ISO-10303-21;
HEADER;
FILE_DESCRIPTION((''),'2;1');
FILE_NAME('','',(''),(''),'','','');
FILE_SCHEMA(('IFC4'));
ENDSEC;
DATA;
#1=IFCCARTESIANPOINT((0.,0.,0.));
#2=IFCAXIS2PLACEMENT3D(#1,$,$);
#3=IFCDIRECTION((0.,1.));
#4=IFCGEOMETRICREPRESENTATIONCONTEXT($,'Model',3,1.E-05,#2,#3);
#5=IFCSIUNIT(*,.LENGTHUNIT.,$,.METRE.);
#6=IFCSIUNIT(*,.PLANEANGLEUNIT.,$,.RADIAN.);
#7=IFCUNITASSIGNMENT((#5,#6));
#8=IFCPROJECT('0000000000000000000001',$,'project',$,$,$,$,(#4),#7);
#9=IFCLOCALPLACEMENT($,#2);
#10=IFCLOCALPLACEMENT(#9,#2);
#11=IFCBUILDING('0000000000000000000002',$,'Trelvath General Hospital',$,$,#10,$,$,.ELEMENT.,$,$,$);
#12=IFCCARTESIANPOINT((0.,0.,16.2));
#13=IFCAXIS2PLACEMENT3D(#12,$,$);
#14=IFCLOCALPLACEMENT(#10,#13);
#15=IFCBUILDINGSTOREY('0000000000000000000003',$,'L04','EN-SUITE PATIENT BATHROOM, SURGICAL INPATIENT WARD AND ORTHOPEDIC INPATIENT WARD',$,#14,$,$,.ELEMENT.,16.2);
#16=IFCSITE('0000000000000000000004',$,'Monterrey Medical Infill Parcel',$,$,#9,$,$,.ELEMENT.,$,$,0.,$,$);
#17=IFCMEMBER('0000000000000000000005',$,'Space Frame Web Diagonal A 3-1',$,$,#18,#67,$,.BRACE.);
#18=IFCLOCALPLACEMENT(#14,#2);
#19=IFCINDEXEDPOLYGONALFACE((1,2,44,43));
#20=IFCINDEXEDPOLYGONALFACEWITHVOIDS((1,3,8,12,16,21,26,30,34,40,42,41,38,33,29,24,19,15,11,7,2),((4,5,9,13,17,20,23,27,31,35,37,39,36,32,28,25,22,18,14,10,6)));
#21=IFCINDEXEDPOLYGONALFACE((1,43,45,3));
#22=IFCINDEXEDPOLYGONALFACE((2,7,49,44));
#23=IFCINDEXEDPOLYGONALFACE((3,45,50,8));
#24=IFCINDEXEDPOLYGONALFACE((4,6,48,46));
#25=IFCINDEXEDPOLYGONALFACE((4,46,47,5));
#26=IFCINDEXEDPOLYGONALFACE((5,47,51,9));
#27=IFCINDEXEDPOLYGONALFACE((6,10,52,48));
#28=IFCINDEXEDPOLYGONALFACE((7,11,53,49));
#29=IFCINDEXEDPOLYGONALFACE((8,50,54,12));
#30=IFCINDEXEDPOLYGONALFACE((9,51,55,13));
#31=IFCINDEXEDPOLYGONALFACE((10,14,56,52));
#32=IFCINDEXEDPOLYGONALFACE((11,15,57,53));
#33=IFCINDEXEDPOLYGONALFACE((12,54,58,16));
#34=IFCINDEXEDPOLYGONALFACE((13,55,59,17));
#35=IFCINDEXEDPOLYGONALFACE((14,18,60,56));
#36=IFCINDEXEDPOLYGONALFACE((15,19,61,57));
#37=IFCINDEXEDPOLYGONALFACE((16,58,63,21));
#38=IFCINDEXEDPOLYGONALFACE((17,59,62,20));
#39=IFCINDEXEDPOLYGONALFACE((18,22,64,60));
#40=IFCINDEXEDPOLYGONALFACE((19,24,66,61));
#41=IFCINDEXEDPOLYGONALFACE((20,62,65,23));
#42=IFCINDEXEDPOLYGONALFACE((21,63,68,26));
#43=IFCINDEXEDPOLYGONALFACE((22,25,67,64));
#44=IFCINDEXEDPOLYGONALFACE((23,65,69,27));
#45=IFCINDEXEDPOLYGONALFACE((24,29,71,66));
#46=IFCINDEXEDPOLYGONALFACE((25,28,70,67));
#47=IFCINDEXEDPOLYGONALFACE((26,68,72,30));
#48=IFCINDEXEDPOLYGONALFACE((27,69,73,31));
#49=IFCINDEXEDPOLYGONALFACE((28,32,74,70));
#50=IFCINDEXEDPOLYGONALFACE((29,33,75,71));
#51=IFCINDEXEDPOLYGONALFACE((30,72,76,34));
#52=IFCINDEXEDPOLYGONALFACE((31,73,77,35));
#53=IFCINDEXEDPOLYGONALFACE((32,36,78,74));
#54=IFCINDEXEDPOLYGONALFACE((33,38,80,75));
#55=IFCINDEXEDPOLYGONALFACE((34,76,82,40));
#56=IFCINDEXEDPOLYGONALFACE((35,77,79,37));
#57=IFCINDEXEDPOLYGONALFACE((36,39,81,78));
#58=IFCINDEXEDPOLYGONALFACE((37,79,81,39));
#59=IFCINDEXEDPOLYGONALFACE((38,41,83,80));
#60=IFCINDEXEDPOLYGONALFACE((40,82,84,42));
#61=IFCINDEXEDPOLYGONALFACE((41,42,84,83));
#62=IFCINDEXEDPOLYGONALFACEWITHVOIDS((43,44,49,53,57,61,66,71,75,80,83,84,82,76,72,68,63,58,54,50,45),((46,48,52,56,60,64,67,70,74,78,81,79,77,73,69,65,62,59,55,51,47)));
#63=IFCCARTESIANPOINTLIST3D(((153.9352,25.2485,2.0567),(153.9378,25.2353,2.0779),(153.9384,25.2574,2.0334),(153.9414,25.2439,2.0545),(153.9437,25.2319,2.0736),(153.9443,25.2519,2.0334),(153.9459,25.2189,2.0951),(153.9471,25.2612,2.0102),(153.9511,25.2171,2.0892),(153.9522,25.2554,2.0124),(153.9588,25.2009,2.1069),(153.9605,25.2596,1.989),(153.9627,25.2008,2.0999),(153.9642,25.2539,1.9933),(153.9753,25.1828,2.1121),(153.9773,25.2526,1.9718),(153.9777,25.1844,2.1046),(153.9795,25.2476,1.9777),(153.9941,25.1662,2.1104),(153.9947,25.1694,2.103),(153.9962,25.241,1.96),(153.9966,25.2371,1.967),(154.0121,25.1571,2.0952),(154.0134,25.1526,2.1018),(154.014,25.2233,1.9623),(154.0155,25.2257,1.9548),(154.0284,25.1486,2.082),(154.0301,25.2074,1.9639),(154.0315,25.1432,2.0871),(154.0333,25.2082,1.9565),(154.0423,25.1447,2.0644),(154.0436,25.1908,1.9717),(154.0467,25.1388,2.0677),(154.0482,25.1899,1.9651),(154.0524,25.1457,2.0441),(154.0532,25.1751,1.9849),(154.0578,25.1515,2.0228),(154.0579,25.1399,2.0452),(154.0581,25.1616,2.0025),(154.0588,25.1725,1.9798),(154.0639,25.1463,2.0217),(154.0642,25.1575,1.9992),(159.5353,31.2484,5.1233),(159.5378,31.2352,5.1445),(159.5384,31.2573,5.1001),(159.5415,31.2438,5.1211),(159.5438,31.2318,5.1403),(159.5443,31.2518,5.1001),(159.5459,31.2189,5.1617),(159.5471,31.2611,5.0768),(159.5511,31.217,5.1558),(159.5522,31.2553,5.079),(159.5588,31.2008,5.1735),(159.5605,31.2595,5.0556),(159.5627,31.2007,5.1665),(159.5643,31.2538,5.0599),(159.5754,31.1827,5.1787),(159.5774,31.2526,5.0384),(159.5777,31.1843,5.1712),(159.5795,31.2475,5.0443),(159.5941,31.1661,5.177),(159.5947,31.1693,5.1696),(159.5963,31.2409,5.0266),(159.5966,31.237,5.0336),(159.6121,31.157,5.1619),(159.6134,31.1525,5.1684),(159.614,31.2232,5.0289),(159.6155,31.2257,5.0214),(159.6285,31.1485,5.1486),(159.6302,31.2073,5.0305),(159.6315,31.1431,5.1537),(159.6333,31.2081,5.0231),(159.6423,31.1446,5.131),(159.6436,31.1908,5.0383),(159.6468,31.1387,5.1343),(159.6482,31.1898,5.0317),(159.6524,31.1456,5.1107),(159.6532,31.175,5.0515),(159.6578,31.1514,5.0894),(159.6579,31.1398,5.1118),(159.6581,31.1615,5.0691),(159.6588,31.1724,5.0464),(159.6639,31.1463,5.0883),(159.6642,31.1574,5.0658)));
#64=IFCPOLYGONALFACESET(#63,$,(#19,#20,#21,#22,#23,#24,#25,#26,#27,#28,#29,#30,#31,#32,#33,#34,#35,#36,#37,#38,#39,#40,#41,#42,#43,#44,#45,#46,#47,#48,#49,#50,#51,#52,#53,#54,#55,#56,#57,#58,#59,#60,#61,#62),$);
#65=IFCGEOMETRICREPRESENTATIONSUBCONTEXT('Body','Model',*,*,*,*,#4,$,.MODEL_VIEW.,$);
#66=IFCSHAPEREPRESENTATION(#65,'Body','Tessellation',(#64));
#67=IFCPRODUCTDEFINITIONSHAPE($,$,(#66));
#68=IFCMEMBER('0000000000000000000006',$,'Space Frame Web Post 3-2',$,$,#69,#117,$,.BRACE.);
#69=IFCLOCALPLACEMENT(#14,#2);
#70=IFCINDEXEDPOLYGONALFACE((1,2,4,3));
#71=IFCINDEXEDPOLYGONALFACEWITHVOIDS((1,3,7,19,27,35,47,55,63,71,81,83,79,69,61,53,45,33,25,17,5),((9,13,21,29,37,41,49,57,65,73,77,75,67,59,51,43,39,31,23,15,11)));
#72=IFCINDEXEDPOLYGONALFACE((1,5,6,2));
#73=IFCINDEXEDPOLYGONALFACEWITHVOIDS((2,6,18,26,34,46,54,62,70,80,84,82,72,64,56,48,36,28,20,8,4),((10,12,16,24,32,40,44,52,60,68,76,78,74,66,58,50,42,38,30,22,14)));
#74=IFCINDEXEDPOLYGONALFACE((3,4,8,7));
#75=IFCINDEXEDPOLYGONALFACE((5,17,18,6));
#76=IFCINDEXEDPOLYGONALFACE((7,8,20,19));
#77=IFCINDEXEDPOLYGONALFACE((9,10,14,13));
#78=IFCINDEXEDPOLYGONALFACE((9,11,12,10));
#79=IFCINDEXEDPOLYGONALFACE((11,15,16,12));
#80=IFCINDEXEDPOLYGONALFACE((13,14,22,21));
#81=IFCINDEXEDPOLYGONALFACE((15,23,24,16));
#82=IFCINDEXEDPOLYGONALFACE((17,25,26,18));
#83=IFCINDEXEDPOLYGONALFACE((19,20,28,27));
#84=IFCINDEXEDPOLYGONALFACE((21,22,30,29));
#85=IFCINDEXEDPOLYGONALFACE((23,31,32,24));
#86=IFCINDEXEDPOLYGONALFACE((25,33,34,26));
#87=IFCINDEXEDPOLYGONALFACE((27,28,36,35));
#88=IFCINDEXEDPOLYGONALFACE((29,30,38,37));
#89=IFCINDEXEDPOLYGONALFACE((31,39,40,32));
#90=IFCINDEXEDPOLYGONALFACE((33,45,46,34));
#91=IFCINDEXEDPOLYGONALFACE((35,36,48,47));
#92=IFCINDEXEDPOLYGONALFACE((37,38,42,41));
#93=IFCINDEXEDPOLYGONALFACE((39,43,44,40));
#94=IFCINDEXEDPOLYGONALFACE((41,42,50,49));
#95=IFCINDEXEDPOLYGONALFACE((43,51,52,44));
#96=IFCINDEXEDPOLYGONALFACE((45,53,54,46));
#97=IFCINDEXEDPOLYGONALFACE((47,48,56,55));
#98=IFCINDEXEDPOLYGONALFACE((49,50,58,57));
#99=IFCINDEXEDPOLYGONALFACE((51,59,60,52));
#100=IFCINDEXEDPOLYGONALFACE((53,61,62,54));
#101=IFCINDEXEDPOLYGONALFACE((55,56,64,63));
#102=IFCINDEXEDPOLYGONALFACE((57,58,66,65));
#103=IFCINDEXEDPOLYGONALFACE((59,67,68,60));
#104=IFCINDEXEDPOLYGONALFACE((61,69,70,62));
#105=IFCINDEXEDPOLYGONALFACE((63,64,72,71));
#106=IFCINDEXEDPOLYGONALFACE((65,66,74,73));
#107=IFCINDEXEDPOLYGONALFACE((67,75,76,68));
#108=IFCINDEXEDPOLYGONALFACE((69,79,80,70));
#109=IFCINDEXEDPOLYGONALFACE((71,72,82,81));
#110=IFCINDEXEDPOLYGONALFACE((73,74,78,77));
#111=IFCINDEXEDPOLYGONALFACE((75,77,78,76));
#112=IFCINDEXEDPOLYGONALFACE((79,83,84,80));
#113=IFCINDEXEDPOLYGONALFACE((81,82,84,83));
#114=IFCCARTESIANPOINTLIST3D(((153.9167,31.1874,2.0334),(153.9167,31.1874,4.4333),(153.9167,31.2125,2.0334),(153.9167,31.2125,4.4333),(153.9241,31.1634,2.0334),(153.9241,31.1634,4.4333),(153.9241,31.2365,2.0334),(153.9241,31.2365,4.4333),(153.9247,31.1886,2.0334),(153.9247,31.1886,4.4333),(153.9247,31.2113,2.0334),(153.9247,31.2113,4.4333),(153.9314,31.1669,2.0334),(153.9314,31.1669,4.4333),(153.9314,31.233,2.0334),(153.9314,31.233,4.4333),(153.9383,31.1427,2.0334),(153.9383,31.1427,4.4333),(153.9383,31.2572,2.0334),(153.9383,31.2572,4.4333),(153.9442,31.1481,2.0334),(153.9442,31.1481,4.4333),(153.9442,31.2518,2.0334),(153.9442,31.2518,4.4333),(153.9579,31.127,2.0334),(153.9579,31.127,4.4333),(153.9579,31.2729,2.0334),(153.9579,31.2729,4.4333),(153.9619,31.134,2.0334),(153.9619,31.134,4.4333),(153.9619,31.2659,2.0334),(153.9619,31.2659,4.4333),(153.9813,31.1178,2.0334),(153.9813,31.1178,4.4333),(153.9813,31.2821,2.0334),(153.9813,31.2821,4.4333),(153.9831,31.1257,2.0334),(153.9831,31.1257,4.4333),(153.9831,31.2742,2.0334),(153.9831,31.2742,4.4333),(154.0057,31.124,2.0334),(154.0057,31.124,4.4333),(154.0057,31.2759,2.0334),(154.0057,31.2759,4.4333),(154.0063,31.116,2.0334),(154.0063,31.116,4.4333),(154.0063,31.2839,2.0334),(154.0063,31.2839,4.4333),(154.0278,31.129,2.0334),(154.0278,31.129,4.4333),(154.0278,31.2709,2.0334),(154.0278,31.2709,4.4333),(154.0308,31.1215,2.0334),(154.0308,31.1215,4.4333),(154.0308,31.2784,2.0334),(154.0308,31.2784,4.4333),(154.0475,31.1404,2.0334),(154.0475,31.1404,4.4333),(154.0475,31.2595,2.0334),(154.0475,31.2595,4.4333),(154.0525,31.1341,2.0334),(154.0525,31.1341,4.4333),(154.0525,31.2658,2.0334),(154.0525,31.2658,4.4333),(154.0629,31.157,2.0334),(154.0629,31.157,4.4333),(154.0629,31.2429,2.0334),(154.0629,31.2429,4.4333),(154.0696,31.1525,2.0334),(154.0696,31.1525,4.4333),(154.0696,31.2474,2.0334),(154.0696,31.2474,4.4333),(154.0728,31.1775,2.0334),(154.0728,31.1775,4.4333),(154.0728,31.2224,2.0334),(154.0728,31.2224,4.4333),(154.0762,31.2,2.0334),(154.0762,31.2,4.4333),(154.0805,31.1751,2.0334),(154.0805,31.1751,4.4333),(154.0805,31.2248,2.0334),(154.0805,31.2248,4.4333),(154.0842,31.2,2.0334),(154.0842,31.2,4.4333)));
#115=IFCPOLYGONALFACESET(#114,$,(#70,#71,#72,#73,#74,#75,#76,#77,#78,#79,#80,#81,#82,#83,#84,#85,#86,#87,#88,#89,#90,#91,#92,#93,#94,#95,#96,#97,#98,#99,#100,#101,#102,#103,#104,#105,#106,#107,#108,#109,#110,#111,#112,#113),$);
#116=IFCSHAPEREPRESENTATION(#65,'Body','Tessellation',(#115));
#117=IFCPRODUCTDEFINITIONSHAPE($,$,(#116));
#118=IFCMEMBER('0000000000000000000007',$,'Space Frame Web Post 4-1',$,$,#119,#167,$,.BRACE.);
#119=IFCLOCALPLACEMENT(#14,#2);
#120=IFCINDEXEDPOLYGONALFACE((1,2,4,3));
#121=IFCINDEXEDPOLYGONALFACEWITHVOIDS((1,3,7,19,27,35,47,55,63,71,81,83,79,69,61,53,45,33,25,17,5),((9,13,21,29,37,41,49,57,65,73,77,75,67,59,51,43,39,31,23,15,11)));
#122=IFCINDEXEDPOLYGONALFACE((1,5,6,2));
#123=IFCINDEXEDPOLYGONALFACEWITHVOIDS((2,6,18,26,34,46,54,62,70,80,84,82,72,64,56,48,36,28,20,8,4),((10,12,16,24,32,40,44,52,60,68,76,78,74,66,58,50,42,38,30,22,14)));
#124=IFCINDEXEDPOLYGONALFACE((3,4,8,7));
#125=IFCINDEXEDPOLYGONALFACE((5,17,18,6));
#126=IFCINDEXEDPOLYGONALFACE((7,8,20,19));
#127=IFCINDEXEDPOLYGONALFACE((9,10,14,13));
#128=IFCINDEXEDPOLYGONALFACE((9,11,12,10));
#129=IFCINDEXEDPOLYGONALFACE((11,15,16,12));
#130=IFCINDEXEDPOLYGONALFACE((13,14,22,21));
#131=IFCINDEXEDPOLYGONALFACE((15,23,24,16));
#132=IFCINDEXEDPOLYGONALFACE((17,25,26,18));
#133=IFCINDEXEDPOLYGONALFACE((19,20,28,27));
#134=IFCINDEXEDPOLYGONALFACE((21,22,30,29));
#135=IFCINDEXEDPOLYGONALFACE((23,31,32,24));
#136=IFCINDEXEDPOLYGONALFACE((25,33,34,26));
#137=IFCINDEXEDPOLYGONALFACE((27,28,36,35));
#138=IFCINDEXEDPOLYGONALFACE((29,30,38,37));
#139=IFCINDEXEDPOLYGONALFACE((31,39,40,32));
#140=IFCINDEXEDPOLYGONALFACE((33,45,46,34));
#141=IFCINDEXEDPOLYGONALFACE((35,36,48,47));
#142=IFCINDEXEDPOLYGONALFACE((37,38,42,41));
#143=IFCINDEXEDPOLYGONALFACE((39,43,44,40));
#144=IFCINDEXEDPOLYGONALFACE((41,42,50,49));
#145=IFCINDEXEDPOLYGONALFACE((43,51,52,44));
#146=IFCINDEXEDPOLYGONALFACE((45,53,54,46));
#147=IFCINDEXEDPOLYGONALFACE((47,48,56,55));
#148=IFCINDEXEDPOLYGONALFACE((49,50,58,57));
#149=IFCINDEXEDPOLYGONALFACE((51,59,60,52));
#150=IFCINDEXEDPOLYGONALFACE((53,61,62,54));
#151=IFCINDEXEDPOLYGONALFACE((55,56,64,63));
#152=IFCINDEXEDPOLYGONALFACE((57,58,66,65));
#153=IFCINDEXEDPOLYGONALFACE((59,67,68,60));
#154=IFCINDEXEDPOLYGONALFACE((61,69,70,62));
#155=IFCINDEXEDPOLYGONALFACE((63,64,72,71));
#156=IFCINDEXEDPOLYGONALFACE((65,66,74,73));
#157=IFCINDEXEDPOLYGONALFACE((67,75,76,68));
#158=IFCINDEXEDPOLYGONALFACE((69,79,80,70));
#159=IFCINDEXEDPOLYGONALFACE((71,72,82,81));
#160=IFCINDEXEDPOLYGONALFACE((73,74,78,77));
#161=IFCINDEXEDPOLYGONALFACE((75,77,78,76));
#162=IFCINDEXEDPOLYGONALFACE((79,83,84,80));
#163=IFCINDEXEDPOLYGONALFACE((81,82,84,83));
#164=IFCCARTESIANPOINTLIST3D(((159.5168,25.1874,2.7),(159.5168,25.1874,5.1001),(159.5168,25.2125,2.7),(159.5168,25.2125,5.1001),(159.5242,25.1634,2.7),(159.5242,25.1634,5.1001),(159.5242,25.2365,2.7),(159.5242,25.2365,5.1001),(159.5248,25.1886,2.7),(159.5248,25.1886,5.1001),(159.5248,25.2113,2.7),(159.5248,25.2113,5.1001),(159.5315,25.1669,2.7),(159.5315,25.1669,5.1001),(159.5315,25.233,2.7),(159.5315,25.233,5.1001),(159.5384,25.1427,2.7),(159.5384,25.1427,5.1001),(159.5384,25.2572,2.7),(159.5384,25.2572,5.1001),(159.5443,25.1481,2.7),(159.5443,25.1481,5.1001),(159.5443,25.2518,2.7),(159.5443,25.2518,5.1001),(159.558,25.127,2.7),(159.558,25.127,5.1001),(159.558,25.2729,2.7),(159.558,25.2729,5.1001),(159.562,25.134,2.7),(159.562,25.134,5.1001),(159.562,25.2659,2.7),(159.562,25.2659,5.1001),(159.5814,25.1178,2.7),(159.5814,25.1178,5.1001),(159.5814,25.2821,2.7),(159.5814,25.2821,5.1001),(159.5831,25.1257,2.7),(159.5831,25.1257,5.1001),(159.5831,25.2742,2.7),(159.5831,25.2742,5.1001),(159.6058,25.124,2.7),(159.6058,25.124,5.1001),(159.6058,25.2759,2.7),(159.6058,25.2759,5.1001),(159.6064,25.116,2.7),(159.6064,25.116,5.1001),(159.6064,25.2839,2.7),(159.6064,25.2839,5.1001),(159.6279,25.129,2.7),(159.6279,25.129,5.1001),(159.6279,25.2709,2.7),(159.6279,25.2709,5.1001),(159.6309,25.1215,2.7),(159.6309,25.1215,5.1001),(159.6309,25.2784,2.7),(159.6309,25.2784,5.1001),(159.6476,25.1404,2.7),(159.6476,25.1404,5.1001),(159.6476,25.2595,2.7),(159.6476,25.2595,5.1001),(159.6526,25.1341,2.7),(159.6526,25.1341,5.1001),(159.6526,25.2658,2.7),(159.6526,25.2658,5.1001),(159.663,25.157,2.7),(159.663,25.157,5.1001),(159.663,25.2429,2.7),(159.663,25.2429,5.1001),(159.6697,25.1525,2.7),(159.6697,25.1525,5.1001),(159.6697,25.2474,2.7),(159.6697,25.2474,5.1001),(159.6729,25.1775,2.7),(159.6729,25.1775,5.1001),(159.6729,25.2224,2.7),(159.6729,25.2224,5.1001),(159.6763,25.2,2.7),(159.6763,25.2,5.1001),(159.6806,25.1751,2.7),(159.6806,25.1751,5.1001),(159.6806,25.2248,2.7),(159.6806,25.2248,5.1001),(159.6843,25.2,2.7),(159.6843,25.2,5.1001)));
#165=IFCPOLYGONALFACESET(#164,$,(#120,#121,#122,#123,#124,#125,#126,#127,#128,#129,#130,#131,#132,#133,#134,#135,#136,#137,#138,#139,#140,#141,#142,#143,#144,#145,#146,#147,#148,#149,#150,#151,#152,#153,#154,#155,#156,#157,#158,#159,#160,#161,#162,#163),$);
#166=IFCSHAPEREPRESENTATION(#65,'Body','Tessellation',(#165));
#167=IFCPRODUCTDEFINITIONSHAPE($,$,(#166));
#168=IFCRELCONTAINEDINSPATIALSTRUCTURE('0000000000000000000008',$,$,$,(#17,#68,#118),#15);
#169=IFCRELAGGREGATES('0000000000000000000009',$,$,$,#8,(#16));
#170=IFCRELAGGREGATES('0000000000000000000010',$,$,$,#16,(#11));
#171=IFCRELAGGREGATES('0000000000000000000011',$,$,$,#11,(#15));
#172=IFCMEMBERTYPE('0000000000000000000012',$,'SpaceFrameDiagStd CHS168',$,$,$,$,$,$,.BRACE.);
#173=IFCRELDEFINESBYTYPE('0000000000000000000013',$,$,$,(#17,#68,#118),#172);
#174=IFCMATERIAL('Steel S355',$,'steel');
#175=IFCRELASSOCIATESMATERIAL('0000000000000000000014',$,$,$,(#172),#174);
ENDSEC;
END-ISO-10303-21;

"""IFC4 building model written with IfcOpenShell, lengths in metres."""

from ifc_helpers import new_model, si_unit, direction, frame, origin, origin_2d, place, context, subcontext, project, spatial, hollow_circle, extrude, material, material_profile, profile_set, type_object, element, save


model = new_model("IFC4")

# Units and contexts
model_context = context("Model", 3, precision=1e-05, world=origin(), true_north=direction((0.0, 1.0)))
body_context = subcontext(model_context, "Body", "Model", "MODEL_VIEW")
ifc_project = project(units=[si_unit("LENGTHUNIT", "METRE"), si_unit("PLANEANGLEUNIT", "RADIAN")], contexts=[model_context])

# Site, building, storey
site_placement = place(None, origin())
site = spatial("IfcSite", under=ifc_project, at=site_placement, Name="Monterrey Medical Infill Parcel", CompositionType="ELEMENT", RefElevation=0.0)
building_placement = place(site_placement, origin())
building = spatial("IfcBuilding", under=site, at=building_placement, Name="Trelvath General Hospital", CompositionType="ELEMENT")
storey_placement = place(building_placement, frame((0.0, 0.0, 16.2)))
storey = spatial("IfcBuildingStorey", under=building, at=storey_placement, Name="L04", Description="EN-SUITE PATIENT BATHROOM, SURGICAL INPATIENT WARD AND ORTHOPEDIC INPATIENT WARD", CompositionType="ELEMENT", Elevation=16.2)

# Members
ifc_material_1 = material(Name="Steel S355", Category="steel")
ifc_material_profile_1 = material_profile(ifc_material_1, hollow_circle(Radius=0.0842, WallThickness=0.0081, at=origin_2d()), Name="CHS168.3x8.0")
ifc_profile_set_1 = profile_set([ifc_material_profile_1], Name="Steel S355")
member_type_1 = type_object("IfcMemberType", Name="SpaceFrameDiagStd CHS168", PredefinedType="BRACE", material=ifc_profile_set_1)
member_1_placement = place(storey_placement, frame((154.0, 25.2, 2.0334), z_axis=(0.639165, 0.684807, 0.350011), x_axis=(-0.731049, 0.682325, 0.0)))
element("IfcMember", 1, at=member_1_placement, inside=storey, type_object=member_type_1, Name="Space Frame Web Diagonal A 3-1", PredefinedType="BRACE", context=body_context, shape_type="SweptSolid", body=[
    extrude(hollow_circle(Radius=0.0842, WallThickness=0.0081, at=origin_2d()), origin(), (0.0, 0.0, 1.0), 8.7615),
])
member_2_placement = place(storey_placement, frame((154.0, 31.2, 2.0334), z_axis=(0.0, 0.0, 1.0), x_axis=(1.0, 0.0, 0.0)))
element("IfcMember", 2, at=member_2_placement, inside=storey, type_object=member_type_1, Name="Space Frame Web Post 3-2", PredefinedType="BRACE", context=body_context, shape_type="SweptSolid", body=[
    extrude(hollow_circle(Radius=0.0842, WallThickness=0.0081, at=origin_2d()), origin(), (0.0, 0.0, 1.0), 2.3999),
])
member_3_placement = place(storey_placement, frame((159.6001, 25.2, 2.7), z_axis=(0.0, 0.0, 1.0), x_axis=(1.0, 0.0, 0.0)))
element("IfcMember", 3, at=member_3_placement, inside=storey, type_object=member_type_1, Name="Space Frame Web Post 4-1", PredefinedType="BRACE", context=body_context, shape_type="SweptSolid", body=[
    extrude(hollow_circle(Radius=0.0842, WallThickness=0.0081, at=origin_2d()), origin(), (0.0, 0.0, 1.0), 2.4001),
])

save(model, "model.ifc")
